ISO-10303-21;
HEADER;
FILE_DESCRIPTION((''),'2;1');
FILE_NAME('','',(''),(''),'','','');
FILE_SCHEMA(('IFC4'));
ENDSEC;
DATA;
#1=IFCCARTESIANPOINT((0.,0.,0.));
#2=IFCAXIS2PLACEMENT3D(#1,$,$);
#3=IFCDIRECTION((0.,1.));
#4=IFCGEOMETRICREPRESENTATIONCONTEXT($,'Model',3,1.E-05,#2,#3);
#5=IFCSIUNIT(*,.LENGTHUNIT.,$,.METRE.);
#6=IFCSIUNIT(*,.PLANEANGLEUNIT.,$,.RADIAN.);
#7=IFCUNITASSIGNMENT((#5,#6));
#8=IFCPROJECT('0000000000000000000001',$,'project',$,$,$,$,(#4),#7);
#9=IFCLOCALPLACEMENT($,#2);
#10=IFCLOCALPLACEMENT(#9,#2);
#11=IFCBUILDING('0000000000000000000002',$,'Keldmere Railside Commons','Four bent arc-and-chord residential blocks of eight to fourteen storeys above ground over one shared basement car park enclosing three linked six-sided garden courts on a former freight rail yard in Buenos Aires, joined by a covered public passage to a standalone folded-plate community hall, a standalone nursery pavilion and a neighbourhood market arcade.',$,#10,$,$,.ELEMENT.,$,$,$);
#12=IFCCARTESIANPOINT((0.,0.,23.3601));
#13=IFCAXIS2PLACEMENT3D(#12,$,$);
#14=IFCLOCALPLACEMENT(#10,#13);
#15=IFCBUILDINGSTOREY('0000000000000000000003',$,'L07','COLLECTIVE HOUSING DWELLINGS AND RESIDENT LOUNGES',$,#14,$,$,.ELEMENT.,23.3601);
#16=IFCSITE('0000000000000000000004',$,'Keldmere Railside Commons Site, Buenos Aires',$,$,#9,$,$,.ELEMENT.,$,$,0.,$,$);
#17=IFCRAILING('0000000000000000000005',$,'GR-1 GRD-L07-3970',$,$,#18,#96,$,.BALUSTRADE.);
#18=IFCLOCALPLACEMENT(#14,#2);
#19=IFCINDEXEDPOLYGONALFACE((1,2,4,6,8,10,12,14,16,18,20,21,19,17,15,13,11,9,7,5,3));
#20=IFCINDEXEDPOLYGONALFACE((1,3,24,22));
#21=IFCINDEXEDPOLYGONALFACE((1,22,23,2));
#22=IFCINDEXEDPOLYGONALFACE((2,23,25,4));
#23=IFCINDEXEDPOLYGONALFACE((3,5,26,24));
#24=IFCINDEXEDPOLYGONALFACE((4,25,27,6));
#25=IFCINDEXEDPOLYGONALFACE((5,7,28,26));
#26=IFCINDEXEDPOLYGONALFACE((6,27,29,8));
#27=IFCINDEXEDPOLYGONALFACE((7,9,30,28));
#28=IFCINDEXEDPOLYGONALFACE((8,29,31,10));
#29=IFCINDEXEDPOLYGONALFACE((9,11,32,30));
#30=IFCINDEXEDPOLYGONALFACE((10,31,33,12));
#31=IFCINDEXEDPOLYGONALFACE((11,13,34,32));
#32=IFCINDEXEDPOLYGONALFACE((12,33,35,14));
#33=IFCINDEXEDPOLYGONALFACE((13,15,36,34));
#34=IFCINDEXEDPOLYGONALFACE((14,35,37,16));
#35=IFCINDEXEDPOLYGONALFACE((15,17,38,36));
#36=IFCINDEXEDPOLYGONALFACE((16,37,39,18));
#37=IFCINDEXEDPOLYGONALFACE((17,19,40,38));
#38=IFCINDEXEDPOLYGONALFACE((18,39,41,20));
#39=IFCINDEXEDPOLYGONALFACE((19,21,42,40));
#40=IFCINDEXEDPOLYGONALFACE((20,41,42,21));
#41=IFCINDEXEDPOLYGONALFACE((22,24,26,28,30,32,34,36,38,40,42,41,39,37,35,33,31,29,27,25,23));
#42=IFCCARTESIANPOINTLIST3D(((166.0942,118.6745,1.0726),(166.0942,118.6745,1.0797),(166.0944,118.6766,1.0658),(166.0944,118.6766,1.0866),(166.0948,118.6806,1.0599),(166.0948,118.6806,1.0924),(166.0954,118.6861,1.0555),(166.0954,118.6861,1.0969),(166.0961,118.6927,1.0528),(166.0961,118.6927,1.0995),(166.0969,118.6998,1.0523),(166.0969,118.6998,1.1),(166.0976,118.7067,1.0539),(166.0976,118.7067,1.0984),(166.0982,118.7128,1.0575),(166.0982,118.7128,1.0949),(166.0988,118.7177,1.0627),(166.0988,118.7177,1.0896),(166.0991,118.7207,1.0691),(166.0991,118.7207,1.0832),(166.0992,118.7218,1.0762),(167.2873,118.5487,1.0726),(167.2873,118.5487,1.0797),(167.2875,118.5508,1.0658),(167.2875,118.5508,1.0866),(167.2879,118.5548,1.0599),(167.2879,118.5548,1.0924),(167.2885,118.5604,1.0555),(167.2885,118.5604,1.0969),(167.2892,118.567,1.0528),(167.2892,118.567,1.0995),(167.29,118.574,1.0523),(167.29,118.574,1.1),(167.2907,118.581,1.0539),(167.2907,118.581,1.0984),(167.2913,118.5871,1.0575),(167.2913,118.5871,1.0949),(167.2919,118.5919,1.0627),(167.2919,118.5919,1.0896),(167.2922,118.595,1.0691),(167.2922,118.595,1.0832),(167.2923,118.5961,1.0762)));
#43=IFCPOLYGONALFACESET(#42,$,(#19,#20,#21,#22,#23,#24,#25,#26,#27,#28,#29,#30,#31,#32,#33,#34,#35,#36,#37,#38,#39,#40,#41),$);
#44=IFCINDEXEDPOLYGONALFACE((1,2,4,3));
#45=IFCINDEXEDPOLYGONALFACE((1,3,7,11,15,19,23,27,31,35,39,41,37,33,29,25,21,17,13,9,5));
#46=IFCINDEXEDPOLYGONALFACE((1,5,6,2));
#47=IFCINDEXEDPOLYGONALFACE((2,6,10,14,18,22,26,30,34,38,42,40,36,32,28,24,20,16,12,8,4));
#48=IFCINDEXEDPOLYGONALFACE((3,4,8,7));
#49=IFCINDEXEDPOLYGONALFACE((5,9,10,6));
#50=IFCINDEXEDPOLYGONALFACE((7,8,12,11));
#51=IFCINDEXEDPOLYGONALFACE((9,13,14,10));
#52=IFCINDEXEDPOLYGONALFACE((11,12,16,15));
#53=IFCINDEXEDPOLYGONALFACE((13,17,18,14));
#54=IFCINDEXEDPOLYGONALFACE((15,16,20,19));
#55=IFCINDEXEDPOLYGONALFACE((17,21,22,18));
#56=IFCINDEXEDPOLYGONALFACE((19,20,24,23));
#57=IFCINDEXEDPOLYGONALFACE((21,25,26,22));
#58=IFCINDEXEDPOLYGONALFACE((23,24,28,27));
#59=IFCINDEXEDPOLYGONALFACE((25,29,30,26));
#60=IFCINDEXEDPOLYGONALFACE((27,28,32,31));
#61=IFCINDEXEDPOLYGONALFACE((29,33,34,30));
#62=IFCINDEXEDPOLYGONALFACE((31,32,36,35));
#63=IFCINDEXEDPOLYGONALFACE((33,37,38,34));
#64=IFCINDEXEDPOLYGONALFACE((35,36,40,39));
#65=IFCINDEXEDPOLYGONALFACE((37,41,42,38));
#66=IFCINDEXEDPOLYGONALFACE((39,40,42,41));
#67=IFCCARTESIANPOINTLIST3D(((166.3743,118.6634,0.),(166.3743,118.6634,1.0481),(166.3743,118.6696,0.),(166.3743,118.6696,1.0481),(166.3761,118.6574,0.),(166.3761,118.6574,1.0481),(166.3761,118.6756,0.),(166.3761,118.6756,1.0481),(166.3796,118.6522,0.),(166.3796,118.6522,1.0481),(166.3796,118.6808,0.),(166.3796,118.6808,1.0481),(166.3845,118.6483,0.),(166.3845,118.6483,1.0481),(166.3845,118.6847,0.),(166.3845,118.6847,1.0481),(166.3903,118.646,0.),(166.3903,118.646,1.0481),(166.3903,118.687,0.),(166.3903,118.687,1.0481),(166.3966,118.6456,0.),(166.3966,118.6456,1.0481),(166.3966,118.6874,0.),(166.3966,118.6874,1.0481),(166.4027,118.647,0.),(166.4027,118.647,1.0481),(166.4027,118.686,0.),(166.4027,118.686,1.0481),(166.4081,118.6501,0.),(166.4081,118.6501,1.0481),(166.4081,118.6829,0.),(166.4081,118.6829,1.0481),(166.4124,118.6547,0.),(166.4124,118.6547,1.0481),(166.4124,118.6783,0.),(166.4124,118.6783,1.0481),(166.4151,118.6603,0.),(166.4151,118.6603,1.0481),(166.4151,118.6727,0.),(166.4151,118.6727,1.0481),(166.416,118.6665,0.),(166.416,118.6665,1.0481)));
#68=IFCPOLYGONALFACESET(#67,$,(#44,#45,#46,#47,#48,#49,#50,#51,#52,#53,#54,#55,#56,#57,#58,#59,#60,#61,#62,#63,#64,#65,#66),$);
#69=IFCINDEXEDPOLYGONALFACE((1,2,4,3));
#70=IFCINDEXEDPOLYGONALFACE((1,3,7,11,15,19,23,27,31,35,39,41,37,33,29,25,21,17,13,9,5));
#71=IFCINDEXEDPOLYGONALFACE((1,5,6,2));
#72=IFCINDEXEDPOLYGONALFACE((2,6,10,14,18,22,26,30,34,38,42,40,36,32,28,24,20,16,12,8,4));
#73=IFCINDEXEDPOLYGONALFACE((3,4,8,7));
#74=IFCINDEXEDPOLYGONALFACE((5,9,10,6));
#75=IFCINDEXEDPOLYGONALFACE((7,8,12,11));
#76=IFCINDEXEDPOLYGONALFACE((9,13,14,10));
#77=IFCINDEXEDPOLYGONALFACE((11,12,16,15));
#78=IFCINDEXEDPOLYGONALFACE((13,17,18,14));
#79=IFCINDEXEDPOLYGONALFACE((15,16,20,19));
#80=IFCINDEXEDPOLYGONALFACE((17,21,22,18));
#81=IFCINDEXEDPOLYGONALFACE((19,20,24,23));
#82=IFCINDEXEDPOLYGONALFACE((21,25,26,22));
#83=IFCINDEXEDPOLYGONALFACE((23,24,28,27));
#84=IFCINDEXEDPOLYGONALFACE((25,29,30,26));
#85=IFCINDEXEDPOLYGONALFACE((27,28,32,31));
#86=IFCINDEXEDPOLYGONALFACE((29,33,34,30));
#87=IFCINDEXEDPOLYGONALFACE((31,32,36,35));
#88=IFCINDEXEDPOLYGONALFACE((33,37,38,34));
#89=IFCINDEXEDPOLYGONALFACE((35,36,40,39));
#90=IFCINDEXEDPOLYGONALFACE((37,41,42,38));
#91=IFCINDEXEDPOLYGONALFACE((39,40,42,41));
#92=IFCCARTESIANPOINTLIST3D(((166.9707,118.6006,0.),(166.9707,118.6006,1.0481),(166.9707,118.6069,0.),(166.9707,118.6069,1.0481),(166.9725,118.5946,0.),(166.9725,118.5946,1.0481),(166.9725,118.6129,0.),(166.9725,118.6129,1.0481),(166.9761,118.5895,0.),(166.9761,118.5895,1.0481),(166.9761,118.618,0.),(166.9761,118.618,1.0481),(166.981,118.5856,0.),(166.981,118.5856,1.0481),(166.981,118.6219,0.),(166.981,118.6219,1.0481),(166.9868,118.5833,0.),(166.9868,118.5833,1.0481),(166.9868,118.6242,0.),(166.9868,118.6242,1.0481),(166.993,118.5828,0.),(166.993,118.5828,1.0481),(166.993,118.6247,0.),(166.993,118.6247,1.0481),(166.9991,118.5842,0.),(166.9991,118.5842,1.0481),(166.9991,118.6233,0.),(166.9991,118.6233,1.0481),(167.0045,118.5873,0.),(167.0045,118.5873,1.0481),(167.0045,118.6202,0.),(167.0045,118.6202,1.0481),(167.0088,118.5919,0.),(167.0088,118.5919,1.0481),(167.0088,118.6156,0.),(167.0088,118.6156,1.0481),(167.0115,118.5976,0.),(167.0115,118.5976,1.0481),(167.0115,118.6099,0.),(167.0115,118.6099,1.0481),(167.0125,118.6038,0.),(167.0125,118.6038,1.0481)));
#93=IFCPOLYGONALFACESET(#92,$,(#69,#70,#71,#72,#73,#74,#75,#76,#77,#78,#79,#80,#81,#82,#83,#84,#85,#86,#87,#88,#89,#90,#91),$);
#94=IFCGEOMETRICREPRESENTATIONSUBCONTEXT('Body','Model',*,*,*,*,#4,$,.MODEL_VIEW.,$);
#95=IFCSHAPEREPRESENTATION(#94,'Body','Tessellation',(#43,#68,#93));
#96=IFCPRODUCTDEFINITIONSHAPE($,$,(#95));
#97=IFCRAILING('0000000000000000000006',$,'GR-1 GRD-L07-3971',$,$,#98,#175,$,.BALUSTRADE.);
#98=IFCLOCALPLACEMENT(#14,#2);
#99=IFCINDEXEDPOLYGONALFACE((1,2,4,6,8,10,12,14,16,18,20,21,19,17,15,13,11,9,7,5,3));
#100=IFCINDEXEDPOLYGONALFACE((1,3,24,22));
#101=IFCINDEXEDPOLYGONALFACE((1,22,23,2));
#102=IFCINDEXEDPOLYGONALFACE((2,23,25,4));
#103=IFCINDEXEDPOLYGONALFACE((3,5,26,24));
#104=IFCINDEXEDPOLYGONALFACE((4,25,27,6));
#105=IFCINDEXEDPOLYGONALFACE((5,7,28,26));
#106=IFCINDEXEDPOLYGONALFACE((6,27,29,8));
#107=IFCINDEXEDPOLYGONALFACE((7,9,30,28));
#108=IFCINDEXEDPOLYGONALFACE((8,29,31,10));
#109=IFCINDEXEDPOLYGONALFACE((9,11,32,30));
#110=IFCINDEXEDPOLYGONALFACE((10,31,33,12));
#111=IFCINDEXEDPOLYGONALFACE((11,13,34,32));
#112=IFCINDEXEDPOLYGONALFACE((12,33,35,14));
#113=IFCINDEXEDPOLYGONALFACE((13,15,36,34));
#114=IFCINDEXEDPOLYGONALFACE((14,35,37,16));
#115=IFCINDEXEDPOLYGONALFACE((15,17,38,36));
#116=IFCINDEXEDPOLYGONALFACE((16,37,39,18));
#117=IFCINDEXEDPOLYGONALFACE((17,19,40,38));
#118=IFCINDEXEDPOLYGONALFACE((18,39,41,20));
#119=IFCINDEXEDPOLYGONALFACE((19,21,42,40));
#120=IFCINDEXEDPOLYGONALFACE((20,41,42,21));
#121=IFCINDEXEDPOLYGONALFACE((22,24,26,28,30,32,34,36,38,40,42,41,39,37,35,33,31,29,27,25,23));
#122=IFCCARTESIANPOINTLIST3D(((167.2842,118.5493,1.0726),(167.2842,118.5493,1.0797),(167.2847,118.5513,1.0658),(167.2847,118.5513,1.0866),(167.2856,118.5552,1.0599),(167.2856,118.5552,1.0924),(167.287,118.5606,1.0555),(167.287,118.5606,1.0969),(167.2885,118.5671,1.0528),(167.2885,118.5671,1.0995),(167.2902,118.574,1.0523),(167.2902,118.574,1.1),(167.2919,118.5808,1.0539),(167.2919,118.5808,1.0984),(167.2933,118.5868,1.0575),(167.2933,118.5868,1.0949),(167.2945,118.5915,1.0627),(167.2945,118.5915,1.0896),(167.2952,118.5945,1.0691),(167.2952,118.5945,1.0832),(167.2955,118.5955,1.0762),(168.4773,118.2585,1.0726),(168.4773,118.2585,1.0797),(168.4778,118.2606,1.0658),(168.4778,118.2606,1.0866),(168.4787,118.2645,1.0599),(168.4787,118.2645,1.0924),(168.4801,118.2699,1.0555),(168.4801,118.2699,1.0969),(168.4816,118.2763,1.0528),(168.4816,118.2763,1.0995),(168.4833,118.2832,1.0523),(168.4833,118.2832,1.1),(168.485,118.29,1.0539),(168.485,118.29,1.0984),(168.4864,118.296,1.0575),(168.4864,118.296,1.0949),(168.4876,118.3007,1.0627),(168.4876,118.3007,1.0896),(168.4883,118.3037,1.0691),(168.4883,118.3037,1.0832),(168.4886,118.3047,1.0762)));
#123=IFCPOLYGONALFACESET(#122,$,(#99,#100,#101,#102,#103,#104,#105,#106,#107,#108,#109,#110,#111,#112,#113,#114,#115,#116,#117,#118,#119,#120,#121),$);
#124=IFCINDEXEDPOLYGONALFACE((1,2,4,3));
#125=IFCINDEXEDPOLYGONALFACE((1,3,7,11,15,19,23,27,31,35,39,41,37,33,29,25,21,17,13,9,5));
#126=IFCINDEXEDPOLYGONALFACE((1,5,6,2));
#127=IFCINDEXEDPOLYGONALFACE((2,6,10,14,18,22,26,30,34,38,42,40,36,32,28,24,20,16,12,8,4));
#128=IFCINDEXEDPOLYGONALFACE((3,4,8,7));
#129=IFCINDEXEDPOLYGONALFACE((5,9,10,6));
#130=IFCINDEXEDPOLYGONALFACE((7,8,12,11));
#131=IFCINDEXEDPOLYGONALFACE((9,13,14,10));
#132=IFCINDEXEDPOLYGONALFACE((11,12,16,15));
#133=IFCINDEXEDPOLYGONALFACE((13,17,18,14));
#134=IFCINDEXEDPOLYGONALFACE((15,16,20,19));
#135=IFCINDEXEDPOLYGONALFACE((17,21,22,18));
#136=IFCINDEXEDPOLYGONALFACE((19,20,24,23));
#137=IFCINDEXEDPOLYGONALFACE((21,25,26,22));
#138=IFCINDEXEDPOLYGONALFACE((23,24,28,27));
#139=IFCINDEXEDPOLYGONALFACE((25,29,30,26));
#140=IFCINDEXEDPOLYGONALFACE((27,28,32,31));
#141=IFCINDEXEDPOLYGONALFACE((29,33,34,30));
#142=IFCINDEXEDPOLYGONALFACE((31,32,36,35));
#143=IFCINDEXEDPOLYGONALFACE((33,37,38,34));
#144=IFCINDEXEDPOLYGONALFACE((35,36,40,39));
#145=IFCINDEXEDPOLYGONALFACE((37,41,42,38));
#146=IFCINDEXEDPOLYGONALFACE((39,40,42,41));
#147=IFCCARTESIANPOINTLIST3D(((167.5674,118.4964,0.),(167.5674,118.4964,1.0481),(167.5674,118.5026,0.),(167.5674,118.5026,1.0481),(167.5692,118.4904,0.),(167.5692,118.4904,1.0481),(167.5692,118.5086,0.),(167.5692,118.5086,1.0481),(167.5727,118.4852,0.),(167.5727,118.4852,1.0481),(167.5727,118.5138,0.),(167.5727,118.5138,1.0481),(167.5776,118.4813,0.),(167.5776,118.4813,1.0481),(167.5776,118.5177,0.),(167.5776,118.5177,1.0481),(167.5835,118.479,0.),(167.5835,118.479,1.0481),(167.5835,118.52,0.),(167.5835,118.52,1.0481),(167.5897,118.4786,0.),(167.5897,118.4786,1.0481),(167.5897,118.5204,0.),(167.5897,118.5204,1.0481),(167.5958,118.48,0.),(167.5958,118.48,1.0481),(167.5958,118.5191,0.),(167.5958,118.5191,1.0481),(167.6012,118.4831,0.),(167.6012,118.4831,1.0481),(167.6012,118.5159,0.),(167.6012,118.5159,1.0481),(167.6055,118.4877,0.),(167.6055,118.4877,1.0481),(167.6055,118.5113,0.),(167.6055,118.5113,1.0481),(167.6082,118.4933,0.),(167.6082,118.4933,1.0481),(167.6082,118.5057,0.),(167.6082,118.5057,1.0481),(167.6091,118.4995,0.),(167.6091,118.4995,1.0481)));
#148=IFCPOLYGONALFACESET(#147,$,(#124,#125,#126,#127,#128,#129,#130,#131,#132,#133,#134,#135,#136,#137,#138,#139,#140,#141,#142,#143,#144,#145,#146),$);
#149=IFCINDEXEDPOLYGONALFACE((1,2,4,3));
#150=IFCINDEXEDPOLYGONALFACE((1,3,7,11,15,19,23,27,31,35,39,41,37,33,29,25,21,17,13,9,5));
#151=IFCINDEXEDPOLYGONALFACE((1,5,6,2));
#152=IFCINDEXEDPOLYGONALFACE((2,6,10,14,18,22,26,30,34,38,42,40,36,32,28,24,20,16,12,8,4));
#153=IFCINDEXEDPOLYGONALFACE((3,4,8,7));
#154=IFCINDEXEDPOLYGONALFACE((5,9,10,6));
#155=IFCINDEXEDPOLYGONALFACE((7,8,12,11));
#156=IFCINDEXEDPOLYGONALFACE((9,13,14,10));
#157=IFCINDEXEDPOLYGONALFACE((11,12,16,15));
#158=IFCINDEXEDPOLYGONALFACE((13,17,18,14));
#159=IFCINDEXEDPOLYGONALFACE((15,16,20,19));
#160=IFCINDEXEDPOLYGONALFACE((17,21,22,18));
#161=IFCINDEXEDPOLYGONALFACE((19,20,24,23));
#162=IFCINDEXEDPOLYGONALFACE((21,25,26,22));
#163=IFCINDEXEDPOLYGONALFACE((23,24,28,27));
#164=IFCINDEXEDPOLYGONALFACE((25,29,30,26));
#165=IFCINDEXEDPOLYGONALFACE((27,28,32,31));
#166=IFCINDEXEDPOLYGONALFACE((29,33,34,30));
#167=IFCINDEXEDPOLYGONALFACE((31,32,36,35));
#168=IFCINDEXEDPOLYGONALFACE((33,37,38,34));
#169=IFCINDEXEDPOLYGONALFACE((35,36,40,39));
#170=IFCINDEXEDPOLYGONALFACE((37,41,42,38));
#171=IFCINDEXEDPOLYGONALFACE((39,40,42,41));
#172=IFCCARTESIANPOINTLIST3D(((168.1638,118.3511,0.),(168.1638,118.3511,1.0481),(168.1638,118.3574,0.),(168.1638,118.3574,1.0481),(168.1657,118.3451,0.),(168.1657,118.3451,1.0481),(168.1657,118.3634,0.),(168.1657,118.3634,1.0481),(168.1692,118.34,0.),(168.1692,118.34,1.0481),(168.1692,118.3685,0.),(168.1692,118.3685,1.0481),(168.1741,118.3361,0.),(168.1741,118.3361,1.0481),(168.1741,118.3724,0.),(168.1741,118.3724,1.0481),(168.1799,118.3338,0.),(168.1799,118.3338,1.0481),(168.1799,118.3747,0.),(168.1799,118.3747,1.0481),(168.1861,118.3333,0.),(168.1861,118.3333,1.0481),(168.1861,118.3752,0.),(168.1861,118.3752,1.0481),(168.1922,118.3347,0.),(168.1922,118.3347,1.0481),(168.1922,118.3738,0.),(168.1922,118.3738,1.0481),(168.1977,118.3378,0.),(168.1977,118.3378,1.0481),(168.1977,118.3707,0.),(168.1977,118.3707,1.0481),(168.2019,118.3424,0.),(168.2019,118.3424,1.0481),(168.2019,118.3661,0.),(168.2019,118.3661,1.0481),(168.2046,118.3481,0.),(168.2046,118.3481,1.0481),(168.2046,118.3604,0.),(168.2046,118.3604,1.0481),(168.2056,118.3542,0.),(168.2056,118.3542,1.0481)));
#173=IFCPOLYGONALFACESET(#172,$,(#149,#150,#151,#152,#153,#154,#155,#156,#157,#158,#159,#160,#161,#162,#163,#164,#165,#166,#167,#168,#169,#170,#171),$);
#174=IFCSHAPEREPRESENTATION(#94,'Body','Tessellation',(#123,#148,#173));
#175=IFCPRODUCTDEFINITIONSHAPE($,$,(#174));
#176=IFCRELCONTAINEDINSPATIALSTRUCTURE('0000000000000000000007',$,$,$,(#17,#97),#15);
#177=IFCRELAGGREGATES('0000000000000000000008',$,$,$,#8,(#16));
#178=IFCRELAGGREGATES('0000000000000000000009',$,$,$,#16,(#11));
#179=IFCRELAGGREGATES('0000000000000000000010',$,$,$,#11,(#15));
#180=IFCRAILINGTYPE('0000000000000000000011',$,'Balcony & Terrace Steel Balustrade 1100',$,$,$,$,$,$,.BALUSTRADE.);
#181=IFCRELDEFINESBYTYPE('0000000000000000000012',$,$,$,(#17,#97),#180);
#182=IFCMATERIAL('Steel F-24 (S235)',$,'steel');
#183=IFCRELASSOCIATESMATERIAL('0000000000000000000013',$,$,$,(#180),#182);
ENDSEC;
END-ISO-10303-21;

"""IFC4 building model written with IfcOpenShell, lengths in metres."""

from ifc_helpers import new_model, si_unit, direction, frame, origin, origin_2d, place, context, subcontext, project, spatial, circle, extrude, material, type_object, element, save


model = new_model("IFC4")

# Units and contexts
model_context = context("Model", 3, precision=1e-05, world=origin(), true_north=direction((0.0, 1.0)))
body_context = subcontext(model_context, "Body", "Model", "MODEL_VIEW")
ifc_project = project(units=[si_unit("LENGTHUNIT", "METRE"), si_unit("PLANEANGLEUNIT", "RADIAN")], contexts=[model_context])

# Site, building, storey
site_placement = place(None, origin())
site = spatial("IfcSite", under=ifc_project, at=site_placement, Name="Keldmere Railside Commons Site, Buenos Aires", CompositionType="ELEMENT", RefElevation=0.0)
building_placement = place(site_placement, origin())
building = spatial("IfcBuilding", under=site, at=building_placement, Name="Keldmere Railside Commons", Description="Four bent arc-and-chord residential blocks of eight to fourteen storeys above ground over one shared basement car park enclosing three linked six-sided garden courts on a former freight rail yard in Buenos Aires, joined by a covered public passage to a standalone folded-plate community hall, a standalone nursery pavilion and a neighbourhood market arcade.", CompositionType="ELEMENT")
storey_placement = place(building_placement, frame((0.0, 0.0, 23.3601)))
storey = spatial("IfcBuildingStorey", under=building, at=storey_placement, Name="L07", Description="COLLECTIVE HOUSING DWELLINGS AND RESIDENT LOUNGES", CompositionType="ELEMENT", Elevation=23.3601)

# Railings
ifc_material_1 = material(Name="Steel F-24 (S235)", Category="steel")
railing_type = type_object("IfcRailingType", Name="Balcony & Terrace Steel Balustrade 1100", PredefinedType="BALUSTRADE", material=ifc_material_1)
railing_1_placement = place(storey_placement, frame((166.0967, 118.698, 0.0)))
element("IfcRailing", 1, at=railing_1_placement, inside=storey, type_object=railing_type, Name="GR-1 GRD-L07-3970", PredefinedType="BALUSTRADE", context=body_context, shape_type="SweptSolid", body=[
    extrude(circle(Radius=0.0239, at=origin_2d()), frame((0.0, 0.0, 1.0762), z_axis=(0.994493, -0.104801, 0.0), x_axis=(0.104801, 0.994493, 0.0)), (0.0, 0.0, 1.0), 1.1997),
    extrude(circle(Radius=0.021, at=origin_2d()), frame((0.2983, -0.0315, 0.0)), (0.0, 0.0, 1.0), 1.0481),
    extrude(circle(Radius=0.021, at=origin_2d()), frame((0.8948, -0.0942, 0.0)), (0.0, 0.0, 1.0), 1.0481),
])
railing_2_placement = place(storey_placement, frame((167.2898, 118.5723, 0.0)))
element("IfcRailing", 2, at=railing_2_placement, inside=storey, type_object=railing_type, Name="GR-1 GRD-L07-3971", PredefinedType="BALUSTRADE", context=body_context, shape_type="SweptSolid", body=[
    extrude(circle(Radius=0.0239, at=origin_2d()), frame((0.0, 0.0, 1.0762), z_axis=(0.971564, -0.236778, 0.0), x_axis=(0.236778, 0.971564, 0.0)), (0.0, 0.0, 1.0), 1.228),
    extrude(circle(Radius=0.021, at=origin_2d()), frame((0.2983, -0.0728, 0.0)), (0.0, 0.0, 1.0), 1.0481),
    extrude(circle(Radius=0.021, at=origin_2d()), frame((0.8948, -0.218, 0.0)), (0.0, 0.0, 1.0), 1.0481),
])

save(model, "model.ifc")
